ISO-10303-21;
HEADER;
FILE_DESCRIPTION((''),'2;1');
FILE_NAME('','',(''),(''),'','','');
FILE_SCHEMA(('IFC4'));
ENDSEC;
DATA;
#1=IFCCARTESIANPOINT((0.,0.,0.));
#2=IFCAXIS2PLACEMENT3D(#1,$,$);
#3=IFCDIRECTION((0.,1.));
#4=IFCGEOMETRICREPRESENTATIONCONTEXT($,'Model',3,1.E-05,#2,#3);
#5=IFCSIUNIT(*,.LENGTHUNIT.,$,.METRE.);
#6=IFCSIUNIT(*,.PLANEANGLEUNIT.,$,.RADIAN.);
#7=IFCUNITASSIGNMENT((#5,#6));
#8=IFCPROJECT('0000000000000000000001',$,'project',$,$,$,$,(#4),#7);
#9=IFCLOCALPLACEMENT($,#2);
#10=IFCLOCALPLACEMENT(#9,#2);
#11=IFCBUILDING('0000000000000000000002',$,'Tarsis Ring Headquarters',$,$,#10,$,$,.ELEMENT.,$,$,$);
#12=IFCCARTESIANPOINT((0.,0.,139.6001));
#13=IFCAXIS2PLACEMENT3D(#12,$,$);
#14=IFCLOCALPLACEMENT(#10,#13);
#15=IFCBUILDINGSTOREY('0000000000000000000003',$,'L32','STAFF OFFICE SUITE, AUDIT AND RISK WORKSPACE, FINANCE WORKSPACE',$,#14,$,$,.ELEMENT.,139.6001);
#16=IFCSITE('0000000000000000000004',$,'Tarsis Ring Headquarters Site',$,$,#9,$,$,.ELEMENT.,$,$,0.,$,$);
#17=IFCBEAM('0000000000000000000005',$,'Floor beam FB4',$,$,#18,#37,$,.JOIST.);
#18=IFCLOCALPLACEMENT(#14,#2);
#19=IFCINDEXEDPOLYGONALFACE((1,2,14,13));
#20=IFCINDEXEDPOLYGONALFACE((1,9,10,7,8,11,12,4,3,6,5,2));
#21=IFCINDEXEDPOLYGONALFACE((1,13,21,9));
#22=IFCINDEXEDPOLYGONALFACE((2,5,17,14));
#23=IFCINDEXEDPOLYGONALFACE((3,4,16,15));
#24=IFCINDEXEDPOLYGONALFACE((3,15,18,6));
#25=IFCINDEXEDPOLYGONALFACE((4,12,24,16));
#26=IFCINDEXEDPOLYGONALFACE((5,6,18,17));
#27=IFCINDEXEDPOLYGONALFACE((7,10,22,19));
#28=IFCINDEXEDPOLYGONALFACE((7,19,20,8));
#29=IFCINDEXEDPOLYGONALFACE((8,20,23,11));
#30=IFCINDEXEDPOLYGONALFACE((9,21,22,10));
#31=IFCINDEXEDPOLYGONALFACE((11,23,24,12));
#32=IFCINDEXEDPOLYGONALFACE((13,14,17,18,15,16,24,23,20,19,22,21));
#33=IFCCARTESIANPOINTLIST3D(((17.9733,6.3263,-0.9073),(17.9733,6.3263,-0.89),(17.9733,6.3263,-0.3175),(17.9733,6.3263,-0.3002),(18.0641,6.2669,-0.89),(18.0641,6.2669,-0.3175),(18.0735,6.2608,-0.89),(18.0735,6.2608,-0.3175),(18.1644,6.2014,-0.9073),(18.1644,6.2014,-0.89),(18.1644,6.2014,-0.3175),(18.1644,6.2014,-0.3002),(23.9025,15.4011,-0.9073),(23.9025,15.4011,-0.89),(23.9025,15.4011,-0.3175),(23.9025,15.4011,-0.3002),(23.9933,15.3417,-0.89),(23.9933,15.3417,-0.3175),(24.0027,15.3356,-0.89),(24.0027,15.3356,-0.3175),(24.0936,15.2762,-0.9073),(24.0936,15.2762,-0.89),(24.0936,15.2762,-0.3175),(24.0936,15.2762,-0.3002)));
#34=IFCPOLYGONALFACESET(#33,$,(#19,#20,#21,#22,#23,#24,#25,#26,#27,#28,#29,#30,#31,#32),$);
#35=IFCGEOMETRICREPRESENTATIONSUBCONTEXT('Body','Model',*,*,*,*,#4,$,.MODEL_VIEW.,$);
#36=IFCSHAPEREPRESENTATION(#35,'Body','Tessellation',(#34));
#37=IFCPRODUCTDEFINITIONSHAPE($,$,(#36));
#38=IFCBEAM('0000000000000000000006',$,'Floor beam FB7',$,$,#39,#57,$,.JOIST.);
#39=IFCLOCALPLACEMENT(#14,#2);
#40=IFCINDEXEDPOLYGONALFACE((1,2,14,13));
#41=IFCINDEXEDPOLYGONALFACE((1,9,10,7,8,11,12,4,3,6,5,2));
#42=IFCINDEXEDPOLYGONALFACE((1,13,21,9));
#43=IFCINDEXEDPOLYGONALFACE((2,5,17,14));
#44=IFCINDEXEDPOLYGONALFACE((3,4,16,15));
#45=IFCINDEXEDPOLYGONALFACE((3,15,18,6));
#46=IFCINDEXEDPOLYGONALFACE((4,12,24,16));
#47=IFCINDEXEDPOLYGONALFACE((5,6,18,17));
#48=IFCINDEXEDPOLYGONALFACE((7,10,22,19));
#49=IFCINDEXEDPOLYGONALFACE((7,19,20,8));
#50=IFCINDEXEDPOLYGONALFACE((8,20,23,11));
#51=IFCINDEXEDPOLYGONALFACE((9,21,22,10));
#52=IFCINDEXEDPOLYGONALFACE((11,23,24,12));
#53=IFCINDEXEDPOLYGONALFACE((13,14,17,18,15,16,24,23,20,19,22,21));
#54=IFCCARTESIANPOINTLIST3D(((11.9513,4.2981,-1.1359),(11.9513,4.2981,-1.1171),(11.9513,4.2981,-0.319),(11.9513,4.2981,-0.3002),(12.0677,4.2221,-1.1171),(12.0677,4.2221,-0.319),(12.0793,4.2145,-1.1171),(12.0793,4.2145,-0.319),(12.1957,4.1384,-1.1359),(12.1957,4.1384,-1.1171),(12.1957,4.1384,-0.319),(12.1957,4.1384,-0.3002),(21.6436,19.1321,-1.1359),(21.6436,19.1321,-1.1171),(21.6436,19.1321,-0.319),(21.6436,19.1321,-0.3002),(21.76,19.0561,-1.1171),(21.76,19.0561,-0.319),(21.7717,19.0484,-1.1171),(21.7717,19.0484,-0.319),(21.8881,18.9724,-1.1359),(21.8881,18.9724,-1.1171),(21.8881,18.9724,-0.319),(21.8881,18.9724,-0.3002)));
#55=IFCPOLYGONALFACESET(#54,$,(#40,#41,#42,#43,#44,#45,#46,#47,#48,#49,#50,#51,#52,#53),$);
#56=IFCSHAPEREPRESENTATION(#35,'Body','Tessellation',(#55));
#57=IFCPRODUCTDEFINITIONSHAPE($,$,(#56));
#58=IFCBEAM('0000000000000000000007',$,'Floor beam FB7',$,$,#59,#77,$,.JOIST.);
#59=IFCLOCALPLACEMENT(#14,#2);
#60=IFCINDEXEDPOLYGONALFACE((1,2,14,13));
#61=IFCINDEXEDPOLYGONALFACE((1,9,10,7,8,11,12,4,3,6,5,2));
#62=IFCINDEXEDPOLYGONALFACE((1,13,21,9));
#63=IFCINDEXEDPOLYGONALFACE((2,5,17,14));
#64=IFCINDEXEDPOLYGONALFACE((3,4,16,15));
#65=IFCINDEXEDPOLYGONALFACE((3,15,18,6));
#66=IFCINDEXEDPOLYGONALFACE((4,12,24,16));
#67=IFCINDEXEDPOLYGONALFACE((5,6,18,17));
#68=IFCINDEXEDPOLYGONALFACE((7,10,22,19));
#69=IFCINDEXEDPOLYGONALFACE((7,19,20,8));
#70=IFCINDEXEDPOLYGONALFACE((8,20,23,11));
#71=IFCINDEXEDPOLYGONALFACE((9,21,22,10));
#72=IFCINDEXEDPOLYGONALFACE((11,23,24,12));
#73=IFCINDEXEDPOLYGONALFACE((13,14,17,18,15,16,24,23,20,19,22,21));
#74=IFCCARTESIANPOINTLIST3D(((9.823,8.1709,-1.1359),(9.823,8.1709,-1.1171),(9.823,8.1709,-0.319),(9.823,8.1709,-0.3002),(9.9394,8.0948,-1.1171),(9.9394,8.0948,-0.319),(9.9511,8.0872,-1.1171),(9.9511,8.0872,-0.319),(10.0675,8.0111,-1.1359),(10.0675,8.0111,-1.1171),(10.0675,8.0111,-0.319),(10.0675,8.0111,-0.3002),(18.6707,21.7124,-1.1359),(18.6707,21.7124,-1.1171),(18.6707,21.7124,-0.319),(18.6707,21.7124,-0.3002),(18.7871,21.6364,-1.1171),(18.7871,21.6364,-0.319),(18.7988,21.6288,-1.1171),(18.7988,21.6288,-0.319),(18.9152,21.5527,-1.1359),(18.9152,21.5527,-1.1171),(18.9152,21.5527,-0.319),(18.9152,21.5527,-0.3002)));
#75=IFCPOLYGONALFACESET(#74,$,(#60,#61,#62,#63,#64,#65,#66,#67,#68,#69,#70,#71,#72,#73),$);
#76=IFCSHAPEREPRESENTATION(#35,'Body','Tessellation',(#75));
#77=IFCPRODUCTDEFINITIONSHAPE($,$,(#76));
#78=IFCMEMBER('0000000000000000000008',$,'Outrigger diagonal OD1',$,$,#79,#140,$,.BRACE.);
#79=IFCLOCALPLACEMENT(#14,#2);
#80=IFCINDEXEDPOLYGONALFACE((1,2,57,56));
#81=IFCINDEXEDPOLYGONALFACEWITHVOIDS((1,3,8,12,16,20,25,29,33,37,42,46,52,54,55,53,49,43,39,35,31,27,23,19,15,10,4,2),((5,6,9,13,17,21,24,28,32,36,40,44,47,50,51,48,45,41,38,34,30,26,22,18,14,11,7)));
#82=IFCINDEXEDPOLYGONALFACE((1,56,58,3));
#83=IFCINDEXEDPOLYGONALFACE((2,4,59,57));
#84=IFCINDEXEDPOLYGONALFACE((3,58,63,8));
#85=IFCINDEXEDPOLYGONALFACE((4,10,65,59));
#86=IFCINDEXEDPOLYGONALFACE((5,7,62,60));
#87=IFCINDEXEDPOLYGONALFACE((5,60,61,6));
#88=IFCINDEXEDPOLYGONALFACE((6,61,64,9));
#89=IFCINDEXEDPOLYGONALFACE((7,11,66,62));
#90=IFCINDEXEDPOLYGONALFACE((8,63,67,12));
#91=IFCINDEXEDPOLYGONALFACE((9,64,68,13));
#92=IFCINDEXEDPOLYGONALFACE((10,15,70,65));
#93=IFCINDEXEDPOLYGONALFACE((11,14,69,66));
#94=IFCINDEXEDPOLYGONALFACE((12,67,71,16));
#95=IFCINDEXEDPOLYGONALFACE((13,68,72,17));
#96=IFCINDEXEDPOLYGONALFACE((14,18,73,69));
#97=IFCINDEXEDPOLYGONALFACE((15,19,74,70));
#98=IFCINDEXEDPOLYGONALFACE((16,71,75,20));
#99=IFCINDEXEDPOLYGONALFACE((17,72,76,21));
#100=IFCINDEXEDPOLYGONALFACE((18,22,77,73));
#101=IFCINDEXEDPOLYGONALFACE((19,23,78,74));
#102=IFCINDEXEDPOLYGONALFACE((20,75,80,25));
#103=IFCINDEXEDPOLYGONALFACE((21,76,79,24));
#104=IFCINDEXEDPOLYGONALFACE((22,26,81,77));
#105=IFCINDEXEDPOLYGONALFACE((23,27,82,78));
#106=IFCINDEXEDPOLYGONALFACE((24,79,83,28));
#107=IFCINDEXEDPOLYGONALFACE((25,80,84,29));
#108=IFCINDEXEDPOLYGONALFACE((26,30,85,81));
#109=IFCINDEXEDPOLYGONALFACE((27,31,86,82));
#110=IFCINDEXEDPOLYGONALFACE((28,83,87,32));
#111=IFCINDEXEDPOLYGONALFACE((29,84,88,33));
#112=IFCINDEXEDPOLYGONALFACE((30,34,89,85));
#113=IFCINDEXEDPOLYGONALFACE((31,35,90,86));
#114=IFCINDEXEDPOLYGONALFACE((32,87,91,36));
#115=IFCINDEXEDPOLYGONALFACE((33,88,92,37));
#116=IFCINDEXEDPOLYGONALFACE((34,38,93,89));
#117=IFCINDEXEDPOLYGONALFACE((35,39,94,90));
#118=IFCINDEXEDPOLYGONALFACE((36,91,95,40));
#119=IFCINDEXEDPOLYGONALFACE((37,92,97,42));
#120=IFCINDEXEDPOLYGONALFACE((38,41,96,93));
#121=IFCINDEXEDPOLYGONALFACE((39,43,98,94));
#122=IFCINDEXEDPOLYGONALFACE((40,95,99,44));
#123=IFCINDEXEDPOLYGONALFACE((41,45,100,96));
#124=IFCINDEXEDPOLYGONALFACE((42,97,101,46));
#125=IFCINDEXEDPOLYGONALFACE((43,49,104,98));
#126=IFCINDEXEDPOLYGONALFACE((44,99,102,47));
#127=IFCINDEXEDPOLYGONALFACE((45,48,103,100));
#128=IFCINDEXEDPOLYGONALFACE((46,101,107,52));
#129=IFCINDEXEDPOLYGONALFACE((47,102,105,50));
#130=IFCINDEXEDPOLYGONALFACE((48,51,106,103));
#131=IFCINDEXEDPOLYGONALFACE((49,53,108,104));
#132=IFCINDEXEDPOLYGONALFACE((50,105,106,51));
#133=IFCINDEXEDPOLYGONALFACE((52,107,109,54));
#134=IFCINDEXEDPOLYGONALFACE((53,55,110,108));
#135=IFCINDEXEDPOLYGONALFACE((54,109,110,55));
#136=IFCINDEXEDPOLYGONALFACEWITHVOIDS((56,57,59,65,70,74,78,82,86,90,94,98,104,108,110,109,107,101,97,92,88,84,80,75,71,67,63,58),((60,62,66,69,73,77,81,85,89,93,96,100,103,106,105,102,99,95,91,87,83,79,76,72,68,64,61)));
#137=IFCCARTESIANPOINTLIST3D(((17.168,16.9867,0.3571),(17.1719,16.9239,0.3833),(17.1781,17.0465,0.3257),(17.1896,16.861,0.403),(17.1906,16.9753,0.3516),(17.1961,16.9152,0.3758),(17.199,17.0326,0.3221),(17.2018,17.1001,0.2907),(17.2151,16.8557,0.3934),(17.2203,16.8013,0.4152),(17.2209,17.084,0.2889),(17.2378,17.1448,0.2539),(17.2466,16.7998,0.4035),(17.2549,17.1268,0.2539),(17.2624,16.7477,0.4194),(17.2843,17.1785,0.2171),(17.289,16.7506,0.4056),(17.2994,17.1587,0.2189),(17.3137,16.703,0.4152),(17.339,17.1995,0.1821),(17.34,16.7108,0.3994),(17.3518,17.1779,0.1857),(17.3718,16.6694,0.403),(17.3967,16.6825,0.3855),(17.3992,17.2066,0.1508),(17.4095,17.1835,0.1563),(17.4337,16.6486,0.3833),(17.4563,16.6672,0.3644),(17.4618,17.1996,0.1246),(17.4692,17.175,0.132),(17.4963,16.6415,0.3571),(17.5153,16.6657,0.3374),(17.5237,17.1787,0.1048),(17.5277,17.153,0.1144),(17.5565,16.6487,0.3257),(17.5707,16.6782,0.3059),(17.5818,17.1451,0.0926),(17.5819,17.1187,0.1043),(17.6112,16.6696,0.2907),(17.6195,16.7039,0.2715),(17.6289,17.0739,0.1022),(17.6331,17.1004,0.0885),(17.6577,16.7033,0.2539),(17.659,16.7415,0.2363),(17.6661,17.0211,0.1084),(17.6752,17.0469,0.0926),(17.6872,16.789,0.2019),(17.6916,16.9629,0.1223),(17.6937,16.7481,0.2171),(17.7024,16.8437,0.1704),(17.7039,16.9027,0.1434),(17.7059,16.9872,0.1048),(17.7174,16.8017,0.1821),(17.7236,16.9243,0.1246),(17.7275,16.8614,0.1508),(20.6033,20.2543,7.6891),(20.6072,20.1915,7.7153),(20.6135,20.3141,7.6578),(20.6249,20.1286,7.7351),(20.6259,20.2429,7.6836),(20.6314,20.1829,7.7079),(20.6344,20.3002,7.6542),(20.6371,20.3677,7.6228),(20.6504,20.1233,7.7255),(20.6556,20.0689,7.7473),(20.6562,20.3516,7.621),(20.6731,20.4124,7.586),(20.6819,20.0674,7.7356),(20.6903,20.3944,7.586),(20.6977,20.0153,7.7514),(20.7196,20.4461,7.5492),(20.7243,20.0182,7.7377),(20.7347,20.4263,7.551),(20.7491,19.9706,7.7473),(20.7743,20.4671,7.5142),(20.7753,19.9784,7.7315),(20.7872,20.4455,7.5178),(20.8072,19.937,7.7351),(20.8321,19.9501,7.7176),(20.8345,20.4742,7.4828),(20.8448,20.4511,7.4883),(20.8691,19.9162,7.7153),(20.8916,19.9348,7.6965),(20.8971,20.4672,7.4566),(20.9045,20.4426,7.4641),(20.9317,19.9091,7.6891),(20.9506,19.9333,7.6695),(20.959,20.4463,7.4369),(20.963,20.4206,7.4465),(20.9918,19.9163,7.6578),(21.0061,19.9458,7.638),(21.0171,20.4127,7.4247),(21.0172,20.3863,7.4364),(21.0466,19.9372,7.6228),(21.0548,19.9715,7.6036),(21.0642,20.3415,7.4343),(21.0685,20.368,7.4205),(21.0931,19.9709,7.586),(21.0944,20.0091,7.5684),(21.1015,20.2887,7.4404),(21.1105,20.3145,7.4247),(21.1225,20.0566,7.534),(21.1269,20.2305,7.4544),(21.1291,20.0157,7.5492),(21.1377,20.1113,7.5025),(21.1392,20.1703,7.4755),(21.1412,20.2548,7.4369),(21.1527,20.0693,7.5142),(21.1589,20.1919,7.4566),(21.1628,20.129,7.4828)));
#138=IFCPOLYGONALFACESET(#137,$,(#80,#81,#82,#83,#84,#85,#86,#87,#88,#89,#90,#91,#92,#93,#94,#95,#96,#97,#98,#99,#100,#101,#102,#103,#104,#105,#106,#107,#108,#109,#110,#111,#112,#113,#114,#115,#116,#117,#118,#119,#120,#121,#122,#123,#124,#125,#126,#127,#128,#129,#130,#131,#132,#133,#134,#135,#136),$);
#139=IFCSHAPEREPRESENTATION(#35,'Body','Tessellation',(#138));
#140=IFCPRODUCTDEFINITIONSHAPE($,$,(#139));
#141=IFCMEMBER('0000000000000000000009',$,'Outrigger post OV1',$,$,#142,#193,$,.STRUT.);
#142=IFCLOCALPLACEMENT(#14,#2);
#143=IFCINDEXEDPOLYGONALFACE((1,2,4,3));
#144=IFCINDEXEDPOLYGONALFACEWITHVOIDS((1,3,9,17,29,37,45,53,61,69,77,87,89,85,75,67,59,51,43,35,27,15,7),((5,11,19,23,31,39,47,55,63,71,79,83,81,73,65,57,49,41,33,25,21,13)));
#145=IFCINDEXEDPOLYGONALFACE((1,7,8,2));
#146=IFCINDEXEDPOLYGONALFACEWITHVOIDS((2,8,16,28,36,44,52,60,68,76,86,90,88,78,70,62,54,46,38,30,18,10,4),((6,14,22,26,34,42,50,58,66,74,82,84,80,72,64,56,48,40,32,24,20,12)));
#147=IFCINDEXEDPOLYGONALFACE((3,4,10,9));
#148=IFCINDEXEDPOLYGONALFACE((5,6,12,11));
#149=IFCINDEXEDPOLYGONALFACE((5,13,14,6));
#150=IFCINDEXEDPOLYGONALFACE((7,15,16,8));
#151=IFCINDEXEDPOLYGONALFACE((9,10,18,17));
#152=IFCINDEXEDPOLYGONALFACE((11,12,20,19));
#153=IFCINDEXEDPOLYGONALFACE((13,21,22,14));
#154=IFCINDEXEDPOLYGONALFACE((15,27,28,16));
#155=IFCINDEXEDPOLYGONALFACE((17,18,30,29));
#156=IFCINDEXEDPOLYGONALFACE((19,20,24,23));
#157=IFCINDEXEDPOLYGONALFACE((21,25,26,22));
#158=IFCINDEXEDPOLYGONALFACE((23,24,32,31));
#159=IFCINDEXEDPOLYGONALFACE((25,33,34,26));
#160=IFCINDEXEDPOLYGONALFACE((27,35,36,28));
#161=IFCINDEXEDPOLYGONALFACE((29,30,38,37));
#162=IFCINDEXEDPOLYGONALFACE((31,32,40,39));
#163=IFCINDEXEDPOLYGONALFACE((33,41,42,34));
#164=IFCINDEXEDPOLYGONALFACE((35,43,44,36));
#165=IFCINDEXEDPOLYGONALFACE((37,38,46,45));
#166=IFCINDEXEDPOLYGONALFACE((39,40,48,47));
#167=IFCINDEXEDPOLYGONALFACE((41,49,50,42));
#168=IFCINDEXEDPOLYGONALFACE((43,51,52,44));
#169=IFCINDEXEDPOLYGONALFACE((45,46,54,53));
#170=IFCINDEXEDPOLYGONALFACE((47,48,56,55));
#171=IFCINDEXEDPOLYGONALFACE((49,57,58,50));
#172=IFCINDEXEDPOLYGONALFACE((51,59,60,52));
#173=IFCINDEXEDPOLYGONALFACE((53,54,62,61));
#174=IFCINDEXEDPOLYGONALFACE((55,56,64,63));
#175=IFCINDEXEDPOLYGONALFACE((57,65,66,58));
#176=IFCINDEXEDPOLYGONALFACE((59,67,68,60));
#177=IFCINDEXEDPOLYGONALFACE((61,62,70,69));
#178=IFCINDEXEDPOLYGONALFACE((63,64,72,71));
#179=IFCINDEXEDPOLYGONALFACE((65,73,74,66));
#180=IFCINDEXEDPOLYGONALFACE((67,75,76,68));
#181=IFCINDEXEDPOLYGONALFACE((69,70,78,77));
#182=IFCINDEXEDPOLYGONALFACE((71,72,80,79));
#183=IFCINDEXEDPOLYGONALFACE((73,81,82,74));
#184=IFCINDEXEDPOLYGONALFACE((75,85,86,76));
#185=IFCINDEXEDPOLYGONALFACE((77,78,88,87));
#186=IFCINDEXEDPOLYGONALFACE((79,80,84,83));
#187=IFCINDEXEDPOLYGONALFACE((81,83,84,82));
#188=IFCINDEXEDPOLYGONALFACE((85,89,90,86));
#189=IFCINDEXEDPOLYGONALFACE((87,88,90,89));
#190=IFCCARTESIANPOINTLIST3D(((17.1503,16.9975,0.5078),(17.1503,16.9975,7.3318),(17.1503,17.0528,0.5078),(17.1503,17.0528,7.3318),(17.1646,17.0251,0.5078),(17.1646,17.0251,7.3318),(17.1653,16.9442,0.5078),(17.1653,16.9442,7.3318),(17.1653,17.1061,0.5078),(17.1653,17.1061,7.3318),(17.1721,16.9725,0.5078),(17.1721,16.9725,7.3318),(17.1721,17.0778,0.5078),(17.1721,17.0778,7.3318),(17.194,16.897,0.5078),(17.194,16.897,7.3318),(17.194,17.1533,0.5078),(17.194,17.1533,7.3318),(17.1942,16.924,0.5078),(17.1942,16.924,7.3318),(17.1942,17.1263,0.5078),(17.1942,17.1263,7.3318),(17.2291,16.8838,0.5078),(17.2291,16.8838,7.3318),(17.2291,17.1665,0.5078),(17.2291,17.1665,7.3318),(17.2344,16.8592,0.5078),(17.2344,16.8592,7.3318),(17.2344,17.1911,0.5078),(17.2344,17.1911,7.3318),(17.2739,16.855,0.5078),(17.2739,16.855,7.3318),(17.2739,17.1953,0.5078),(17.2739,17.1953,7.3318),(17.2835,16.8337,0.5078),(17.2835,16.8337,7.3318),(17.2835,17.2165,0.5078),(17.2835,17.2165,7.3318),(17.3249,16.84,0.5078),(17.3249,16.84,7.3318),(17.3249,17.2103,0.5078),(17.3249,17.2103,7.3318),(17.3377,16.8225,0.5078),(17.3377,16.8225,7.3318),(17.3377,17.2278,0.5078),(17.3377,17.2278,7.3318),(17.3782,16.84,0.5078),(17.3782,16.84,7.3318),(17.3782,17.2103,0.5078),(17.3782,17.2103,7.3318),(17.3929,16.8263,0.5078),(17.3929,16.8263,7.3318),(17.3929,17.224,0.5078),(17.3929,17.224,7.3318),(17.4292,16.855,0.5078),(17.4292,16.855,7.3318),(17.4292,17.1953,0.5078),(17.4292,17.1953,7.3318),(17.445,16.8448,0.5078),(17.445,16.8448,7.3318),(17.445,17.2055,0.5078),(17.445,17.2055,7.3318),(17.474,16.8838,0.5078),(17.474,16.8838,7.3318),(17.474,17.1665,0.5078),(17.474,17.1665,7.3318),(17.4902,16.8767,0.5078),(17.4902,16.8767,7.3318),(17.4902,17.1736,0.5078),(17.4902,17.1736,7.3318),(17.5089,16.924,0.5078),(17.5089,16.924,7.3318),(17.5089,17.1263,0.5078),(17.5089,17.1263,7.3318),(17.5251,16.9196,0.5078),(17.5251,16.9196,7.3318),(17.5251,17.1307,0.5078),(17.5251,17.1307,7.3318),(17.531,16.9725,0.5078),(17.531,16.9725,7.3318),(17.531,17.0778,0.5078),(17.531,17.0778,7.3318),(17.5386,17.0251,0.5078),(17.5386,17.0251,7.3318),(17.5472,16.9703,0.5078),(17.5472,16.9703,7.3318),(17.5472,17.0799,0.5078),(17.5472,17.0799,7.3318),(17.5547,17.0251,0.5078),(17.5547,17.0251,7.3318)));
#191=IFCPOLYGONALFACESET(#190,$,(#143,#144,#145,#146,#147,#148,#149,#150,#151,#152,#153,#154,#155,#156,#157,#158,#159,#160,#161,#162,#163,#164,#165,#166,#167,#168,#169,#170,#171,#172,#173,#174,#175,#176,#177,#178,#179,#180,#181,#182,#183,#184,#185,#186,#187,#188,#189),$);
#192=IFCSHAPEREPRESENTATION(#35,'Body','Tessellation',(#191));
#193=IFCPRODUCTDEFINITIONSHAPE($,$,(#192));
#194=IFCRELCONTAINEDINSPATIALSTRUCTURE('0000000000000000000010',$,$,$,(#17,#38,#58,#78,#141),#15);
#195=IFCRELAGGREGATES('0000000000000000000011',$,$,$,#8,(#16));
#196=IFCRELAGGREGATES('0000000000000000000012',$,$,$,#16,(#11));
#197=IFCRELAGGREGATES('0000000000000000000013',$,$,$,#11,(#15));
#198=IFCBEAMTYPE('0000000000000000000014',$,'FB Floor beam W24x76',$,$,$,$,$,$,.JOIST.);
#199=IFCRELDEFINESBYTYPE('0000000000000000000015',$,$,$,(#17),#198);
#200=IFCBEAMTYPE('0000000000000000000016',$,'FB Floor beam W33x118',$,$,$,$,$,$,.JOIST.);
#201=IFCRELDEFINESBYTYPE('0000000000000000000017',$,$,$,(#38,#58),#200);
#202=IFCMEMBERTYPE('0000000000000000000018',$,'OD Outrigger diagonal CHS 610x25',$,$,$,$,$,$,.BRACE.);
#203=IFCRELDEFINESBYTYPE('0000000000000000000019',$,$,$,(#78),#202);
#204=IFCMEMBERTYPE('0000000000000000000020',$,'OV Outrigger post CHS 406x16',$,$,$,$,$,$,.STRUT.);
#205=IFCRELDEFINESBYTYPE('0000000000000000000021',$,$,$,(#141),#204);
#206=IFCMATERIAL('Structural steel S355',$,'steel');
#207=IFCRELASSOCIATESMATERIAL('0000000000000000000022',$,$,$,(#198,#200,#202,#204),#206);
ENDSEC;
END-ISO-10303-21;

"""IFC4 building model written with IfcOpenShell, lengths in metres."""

from ifc_helpers import new_model, si_unit, direction, frame, origin, origin_2d, place, context, subcontext, project, spatial, hollow_circle, i_section, extrude, material, material_profile, profile_set, type_object, element, save


model = new_model("IFC4")

# Units and contexts
model_context = context("Model", 3, precision=1e-05, world=origin(), true_north=direction((0.0, 1.0)))
body_context = subcontext(model_context, "Body", "Model", "MODEL_VIEW")
ifc_project = project(units=[si_unit("LENGTHUNIT", "METRE"), si_unit("PLANEANGLEUNIT", "RADIAN")], contexts=[model_context])

# Site, building, storey
site_placement = place(None, origin())
site = spatial("IfcSite", under=ifc_project, at=site_placement, Name="Tarsis Ring Headquarters Site", CompositionType="ELEMENT", RefElevation=0.0)
building_placement = place(site_placement, origin())
building = spatial("IfcBuilding", under=site, at=building_placement, Name="Tarsis Ring Headquarters", CompositionType="ELEMENT")
storey_placement = place(building_placement, frame((0.0, 0.0, 139.6001)))
storey = spatial("IfcBuildingStorey", under=building, at=storey_placement, Name="L32", Description="STAFF OFFICE SUITE, AUDIT AND RISK WORKSPACE, FINANCE WORKSPACE", CompositionType="ELEMENT", Elevation=139.6001)

# Shared definitions
ifc_material_1 = material(Name="Structural steel S355", Category="steel")

# Beams
ifc_material_profile_1 = material_profile(ifc_material_1, i_section(OverallWidth=0.2283, OverallDepth=0.6072, WebThickness=0.0112, FlangeThickness=0.0173, at=origin_2d()), Name="W24x76")
ifc_profile_set_1 = profile_set([ifc_material_profile_1], Name="Structural steel S355")
beam_type_1 = type_object("IfcBeamType", Name="FB Floor beam W24x76", PredefinedType="JOIST", material=ifc_profile_set_1)
beam_1_placement = place(storey_placement, frame((23.998, 15.3386, -0.6038), z_axis=(-0.546974, -0.83715, 0.0), x_axis=(0.83715, -0.546974, 0.0)))
element("IfcBeam", 1, at=beam_1_placement, inside=storey, type_object=beam_type_1, Name="Floor beam FB4", PredefinedType="JOIST", context=body_context, shape_type="SweptSolid", body=[
    extrude(i_section(OverallWidth=0.2283, OverallDepth=0.6072, WebThickness=0.0112, FlangeThickness=0.0173, at=origin_2d()), origin(), (0.0, 0.0, 1.0), 10.8401),
])
ifc_material_profile_2 = material_profile(ifc_material_1, i_section(OverallWidth=0.292, OverallDepth=0.8357, WebThickness=0.0139, FlangeThickness=0.0188, at=origin_2d()), Name="W33x118")
ifc_profile_set_2 = profile_set([ifc_material_profile_2], Name="Structural steel S355")
beam_type_2 = type_object("IfcBeamType", Name="FB Floor beam W33x118", PredefinedType="JOIST", material=ifc_profile_set_2)
beam_2_placement = place(storey_placement, frame((21.7659, 19.0522, -0.718), z_axis=(-0.546982, -0.837144, 0.0), x_axis=(0.837144, -0.546982, 0.0)))
element("IfcBeam", 2, at=beam_2_placement, inside=storey, type_object=beam_type_2, Name="Floor beam FB7", PredefinedType="JOIST", context=body_context, shape_type="SweptSolid", body=[
    extrude(i_section(OverallWidth=0.292, OverallDepth=0.8357, WebThickness=0.0139, FlangeThickness=0.0188, at=origin_2d()), origin(), (0.0, 0.0, 1.0), 17.7197),
])
beam_3_placement = place(storey_placement, frame((18.793, 21.6326, -0.718), z_axis=(-0.546972, -0.837151, 0.0), x_axis=(0.837151, -0.546972, 0.0)))
element("IfcBeam", 3, at=beam_3_placement, inside=storey, type_object=beam_type_2, Name="Floor beam FB7", PredefinedType="JOIST", context=body_context, shape_type="SweptSolid", body=[
    extrude(i_section(OverallWidth=0.292, OverallDepth=0.8357, WebThickness=0.0139, FlangeThickness=0.0188, at=origin_2d()), origin(), (0.0, 0.0, 1.0), 16.1758),
])

# Members
ifc_material_profile_3 = material_profile(ifc_material_1, hollow_circle(Radius=0.3047, WallThickness=0.0249, at=origin_2d()), Name="CHS 610x25")
ifc_profile_set_3 = profile_set([ifc_material_profile_3], Name="Structural steel S355")
member_type_1 = type_object("IfcMemberType", Name="OD Outrigger diagonal CHS 610x25", PredefinedType="BRACE", material=ifc_profile_set_3)
member_1_placement = place(storey_placement, frame((17.4478, 16.9241, 0.2539), z_axis=(0.393443, 0.374234, 0.839733), x_axis=(-0.689197, 0.724574, 0.0)))
element("IfcMember", 4, at=member_1_placement, inside=storey, type_object=member_type_1, Name="Outrigger diagonal OD1", PredefinedType="BRACE", context=body_context, shape_type="SweptSolid", body=[
    extrude(hollow_circle(Radius=0.3047, WallThickness=0.0249, at=origin_2d()), origin(), (0.0, 0.0, 1.0), 8.7314),
])
ifc_material_profile_4 = material_profile(ifc_material_1, hollow_circle(Radius=0.2031, WallThickness=0.0161, at=origin_2d()), Name="CHS 406x16")
ifc_profile_set_4 = profile_set([ifc_material_profile_4], Name="Structural steel S355")
member_type_2 = type_object("IfcMemberType", Name="OV Outrigger post CHS 406x16", PredefinedType="STRUT", material=ifc_profile_set_4)
member_2_placement = place(storey_placement, frame((17.3516, 17.0251, 0.5078), z_axis=(0.0, 0.0, 1.0), x_axis=(1.0, 0.0, 0.0)))
element("IfcMember", 5, at=member_2_placement, inside=storey, type_object=member_type_2, Name="Outrigger post OV1", PredefinedType="STRUT", context=body_context, shape_type="SweptSolid", body=[
    extrude(hollow_circle(Radius=0.2031, WallThickness=0.0161, at=origin_2d()), origin(), (0.0, 0.0, 1.0), 6.824),
])

save(model, "model.ifc")
